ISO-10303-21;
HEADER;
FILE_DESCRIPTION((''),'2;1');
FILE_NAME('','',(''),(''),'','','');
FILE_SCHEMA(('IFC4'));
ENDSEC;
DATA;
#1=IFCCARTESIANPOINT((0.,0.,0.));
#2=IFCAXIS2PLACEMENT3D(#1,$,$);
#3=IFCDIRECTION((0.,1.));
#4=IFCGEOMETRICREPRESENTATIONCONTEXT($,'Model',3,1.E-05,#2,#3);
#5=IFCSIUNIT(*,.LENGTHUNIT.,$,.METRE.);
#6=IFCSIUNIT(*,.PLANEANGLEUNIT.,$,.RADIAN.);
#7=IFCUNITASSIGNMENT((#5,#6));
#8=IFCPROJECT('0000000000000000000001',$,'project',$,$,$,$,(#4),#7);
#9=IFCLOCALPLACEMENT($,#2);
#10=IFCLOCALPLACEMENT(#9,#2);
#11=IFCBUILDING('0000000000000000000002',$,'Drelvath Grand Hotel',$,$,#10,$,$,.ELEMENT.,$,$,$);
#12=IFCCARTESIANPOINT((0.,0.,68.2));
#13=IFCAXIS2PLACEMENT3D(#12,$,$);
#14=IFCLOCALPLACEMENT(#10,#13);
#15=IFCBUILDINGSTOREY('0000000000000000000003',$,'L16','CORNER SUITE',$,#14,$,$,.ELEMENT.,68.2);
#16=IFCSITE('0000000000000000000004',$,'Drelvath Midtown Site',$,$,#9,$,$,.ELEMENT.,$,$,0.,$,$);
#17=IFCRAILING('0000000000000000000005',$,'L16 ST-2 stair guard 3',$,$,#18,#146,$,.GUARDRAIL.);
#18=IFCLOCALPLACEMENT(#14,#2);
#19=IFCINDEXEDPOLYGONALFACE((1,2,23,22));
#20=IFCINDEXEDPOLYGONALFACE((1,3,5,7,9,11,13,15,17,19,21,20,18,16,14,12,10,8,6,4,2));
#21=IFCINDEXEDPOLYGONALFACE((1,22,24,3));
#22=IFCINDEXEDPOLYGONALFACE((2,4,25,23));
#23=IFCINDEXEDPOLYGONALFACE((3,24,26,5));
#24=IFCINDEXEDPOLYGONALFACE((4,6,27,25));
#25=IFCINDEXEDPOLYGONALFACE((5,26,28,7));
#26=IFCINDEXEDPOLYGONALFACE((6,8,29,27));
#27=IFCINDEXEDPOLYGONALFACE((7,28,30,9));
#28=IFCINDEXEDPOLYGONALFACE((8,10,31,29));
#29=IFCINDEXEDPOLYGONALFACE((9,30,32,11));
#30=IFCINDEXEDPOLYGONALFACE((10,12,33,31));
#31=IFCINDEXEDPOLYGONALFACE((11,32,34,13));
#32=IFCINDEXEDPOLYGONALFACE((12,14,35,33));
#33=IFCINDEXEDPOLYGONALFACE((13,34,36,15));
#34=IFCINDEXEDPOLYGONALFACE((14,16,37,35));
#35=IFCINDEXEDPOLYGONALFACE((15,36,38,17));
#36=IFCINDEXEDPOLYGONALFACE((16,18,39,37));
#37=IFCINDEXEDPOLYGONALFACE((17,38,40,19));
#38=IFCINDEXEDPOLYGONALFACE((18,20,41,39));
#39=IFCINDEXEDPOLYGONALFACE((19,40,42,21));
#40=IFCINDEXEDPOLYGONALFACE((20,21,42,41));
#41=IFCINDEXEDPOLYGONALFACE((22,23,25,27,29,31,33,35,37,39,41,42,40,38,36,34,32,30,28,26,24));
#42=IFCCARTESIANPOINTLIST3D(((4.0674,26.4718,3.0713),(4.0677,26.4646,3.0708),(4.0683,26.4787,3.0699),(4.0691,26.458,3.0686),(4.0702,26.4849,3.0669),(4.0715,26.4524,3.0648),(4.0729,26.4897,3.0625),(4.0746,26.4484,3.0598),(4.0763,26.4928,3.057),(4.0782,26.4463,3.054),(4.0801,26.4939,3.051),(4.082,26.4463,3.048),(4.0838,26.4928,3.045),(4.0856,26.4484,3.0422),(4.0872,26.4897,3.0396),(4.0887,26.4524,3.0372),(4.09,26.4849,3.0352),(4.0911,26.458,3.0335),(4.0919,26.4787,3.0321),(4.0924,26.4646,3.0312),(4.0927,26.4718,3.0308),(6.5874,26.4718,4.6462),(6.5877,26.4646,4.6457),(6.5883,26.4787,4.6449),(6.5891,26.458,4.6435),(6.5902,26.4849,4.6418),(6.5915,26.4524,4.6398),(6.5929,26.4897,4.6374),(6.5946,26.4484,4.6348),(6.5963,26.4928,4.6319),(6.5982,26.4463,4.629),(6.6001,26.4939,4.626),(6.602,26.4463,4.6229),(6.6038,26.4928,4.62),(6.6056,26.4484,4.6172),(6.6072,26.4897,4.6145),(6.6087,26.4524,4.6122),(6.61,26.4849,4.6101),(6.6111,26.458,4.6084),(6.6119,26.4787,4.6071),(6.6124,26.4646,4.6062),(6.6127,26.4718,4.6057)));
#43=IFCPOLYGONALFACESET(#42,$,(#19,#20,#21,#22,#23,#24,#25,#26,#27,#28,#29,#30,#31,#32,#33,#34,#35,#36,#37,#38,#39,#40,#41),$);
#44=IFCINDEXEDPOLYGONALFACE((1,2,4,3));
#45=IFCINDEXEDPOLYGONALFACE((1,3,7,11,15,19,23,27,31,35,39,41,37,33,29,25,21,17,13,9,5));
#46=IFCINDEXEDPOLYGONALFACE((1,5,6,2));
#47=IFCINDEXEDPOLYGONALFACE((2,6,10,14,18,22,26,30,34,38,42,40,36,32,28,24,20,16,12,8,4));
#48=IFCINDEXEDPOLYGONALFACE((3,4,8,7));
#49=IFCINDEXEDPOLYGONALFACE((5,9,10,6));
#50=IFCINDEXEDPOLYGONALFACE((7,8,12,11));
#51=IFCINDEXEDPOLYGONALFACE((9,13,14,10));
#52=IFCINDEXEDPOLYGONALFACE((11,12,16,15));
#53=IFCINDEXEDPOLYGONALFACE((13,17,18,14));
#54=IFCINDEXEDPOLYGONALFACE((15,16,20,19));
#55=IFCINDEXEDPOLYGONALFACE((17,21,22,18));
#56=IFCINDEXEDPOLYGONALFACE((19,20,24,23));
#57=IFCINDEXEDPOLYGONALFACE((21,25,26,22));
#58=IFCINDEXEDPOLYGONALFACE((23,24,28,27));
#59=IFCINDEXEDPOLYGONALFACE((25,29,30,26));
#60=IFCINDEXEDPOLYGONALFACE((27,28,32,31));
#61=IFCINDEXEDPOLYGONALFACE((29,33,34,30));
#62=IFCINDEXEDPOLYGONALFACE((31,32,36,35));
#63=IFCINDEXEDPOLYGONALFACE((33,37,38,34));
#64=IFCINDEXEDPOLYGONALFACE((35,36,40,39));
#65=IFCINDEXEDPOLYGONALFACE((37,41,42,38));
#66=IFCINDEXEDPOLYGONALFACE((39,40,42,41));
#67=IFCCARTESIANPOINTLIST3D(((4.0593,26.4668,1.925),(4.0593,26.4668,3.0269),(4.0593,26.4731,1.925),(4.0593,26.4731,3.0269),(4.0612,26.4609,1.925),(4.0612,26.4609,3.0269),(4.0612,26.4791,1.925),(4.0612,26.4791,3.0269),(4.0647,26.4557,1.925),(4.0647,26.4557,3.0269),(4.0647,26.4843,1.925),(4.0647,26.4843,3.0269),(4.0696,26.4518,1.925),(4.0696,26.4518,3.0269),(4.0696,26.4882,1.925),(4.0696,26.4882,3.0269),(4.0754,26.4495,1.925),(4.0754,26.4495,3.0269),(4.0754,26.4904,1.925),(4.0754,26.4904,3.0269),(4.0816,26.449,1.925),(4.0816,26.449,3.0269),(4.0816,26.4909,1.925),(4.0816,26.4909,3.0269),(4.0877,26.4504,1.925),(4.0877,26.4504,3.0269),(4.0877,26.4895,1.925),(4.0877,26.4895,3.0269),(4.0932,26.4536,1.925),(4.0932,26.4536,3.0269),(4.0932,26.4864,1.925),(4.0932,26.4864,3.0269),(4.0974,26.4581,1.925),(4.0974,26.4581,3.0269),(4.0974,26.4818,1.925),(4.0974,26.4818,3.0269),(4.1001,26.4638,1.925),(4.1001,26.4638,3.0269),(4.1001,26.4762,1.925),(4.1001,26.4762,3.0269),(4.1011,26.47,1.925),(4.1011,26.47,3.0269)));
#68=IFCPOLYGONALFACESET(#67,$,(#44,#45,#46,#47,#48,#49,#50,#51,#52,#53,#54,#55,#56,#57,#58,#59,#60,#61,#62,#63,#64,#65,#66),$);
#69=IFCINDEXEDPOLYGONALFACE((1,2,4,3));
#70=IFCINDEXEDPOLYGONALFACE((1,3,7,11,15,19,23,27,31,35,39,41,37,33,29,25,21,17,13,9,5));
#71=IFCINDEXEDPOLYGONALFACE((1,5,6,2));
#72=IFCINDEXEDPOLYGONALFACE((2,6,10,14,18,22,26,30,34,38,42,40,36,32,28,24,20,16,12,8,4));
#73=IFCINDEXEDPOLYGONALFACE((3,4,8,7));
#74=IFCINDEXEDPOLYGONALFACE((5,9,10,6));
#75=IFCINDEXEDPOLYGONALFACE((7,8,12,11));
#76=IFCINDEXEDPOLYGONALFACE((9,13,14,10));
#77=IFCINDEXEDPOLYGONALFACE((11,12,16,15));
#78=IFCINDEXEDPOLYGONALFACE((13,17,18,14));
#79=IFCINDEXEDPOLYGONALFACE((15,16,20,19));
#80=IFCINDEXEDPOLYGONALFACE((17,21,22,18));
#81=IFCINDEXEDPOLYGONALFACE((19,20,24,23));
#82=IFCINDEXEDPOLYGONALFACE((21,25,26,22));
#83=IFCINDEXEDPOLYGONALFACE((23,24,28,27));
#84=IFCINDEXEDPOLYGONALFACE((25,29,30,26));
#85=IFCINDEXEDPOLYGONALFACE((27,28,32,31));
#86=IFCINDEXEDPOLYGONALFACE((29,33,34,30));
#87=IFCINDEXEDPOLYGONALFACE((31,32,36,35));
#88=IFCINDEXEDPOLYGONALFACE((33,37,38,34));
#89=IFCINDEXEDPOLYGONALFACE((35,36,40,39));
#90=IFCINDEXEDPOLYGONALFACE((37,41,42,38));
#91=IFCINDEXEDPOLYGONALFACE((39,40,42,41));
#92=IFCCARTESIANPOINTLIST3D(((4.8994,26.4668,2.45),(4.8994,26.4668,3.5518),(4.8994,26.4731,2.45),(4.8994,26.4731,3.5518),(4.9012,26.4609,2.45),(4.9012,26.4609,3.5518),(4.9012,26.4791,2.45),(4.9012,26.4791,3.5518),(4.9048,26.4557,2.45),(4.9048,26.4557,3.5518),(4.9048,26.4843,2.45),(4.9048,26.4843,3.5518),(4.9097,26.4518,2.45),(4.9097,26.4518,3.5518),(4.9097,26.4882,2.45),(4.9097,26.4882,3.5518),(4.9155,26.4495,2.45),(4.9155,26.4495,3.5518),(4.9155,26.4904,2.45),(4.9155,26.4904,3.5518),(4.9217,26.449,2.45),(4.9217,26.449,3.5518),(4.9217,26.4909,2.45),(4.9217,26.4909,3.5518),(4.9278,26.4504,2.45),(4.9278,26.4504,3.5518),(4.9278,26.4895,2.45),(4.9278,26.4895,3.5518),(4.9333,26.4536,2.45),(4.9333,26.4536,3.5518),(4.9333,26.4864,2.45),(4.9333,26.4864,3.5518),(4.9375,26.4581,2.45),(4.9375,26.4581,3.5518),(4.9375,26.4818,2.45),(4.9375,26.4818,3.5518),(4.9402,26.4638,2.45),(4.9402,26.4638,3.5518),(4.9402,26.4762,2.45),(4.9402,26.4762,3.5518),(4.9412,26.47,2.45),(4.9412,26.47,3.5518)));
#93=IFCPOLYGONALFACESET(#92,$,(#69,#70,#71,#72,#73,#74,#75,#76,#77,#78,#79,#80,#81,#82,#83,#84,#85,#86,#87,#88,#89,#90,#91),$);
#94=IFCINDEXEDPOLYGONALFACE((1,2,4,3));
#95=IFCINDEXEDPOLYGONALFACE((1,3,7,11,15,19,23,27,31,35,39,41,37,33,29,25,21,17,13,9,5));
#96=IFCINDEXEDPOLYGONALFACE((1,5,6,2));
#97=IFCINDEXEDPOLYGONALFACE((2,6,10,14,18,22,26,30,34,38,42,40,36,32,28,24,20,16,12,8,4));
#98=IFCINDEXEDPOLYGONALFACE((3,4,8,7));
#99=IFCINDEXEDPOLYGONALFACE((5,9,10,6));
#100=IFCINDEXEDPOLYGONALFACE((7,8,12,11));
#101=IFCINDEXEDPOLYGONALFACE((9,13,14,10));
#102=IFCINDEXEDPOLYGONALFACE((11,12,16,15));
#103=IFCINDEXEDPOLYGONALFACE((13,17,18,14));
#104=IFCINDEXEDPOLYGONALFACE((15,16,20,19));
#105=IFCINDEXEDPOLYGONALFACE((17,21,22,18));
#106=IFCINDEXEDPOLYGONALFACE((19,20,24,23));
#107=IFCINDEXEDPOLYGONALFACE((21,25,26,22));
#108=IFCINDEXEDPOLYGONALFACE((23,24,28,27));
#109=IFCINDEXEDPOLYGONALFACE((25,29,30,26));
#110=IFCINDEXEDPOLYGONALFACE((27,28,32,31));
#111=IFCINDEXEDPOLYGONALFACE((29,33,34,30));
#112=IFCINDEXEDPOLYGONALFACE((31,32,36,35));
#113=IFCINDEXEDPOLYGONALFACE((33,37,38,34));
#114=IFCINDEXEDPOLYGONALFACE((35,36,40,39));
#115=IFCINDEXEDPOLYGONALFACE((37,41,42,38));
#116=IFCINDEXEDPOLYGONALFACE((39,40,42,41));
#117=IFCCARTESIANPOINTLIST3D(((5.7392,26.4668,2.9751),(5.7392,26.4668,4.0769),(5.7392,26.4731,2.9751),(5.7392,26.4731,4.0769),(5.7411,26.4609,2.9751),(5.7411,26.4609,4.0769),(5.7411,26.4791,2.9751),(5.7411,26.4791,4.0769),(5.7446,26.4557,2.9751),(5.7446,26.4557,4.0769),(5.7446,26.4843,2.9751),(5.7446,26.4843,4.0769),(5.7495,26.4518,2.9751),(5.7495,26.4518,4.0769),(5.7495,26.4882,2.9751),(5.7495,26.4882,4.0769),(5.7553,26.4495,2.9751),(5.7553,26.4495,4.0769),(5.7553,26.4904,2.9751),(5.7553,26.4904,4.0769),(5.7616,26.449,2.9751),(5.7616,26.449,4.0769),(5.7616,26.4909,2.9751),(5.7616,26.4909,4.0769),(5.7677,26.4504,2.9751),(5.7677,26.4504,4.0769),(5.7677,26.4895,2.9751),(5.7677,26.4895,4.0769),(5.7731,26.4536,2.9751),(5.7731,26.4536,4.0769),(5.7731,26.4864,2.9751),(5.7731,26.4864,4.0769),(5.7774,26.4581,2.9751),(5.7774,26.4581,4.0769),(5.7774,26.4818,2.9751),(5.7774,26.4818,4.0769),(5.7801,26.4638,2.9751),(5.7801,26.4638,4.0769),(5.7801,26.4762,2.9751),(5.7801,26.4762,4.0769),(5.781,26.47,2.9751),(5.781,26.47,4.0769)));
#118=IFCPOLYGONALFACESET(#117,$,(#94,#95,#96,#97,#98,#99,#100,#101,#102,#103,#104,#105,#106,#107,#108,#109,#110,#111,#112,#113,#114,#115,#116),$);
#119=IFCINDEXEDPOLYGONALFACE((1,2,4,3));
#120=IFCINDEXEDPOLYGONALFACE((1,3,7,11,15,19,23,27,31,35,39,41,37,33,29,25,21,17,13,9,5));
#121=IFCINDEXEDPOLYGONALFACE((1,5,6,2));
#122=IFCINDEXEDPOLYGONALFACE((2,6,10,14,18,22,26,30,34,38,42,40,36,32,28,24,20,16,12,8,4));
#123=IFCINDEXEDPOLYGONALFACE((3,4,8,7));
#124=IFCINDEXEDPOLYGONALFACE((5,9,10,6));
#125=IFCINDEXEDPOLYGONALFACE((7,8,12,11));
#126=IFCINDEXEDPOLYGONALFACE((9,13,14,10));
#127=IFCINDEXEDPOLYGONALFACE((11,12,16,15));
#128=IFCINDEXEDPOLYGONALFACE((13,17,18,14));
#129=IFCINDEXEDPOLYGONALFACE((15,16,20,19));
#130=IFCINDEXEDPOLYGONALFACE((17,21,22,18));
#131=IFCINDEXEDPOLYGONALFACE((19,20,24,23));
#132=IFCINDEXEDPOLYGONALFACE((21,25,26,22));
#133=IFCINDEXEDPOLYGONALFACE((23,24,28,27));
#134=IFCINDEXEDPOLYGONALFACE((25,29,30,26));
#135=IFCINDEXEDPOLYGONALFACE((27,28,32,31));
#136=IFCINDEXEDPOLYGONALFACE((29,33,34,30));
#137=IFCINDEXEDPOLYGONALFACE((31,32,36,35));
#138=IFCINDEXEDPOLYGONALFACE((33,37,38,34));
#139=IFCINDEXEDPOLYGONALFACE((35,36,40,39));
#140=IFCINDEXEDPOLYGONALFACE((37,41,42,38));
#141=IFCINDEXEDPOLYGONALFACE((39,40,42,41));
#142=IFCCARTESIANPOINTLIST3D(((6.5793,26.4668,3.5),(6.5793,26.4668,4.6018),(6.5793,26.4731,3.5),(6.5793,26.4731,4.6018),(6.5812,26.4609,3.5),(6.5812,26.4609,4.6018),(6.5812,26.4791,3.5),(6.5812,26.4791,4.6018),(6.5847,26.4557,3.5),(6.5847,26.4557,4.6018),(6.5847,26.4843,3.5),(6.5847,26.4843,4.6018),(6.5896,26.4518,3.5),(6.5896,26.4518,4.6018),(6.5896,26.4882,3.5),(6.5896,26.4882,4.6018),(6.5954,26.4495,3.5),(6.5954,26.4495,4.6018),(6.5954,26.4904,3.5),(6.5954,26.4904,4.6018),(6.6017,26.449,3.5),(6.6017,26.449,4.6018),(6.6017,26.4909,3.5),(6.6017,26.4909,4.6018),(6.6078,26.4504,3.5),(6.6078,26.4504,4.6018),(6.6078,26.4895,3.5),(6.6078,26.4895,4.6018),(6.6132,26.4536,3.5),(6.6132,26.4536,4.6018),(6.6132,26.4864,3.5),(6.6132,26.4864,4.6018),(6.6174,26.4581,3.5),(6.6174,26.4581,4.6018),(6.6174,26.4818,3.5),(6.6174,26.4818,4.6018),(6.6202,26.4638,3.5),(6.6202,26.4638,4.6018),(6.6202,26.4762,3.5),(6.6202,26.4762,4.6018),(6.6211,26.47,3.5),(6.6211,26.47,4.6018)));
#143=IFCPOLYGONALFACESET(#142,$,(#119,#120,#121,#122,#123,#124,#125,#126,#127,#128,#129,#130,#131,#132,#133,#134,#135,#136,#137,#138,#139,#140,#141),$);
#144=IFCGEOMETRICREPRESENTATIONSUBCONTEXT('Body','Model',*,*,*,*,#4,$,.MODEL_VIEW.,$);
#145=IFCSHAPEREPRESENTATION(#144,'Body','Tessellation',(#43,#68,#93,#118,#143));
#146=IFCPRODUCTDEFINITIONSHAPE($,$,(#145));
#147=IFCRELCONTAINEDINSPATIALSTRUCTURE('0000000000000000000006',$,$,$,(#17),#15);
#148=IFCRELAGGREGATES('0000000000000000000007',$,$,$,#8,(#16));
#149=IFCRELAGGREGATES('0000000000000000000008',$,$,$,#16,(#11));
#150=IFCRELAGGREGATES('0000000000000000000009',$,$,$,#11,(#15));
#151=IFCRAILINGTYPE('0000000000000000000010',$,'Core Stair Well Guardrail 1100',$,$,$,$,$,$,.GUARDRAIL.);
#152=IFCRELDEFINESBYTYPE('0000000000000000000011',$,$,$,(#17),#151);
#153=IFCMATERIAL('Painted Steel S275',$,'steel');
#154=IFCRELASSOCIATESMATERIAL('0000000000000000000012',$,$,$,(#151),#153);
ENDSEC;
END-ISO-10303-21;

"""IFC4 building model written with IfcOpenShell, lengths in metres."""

from ifc_helpers import new_model, si_unit, direction, frame, origin, origin_2d, place, context, subcontext, project, spatial, circle, extrude, material, type_object, element, save


model = new_model("IFC4")

# Units and contexts
model_context = context("Model", 3, precision=1e-05, world=origin(), true_north=direction((0.0, 1.0)))
body_context = subcontext(model_context, "Body", "Model", "MODEL_VIEW")
ifc_project = project(units=[si_unit("LENGTHUNIT", "METRE"), si_unit("PLANEANGLEUNIT", "RADIAN")], contexts=[model_context])

# Site, building, storey
site_placement = place(None, origin())
site = spatial("IfcSite", under=ifc_project, at=site_placement, Name="Drelvath Midtown Site", CompositionType="ELEMENT", RefElevation=0.0)
building_placement = place(site_placement, origin())
building = spatial("IfcBuilding", under=site, at=building_placement, Name="Drelvath Grand Hotel", CompositionType="ELEMENT")
storey_placement = place(building_placement, frame((0.0, 0.0, 68.2)))
storey = spatial("IfcBuildingStorey", under=building, at=storey_placement, Name="L16", Description="CORNER SUITE", CompositionType="ELEMENT", Elevation=68.2)

# Shared definitions
ifc_material_1 = material(Name="Painted Steel S275", Category="steel")

# Railing
railing_type_1 = type_object("IfcRailingType", Name="Core Stair Well Guardrail 1100", PredefinedType="GUARDRAIL", material=ifc_material_1)
railing_1_placement = place(storey_placement, frame((4.0801, 26.47, 1.925)))
element("IfcRailing", 1, at=railing_1_placement, inside=storey, type_object=railing_type_1, Name="L16 ST-2 stair guard 3", PredefinedType="GUARDRAIL", context=body_context, shape_type="SweptSolid", body=[
    extrude(circle(Radius=0.0239, at=origin_2d()), frame((0.0, 0.0, 1.126), z_axis=(0.848008, 0.0, 0.529984), x_axis=(0.0, 1.0, 0.0)), (0.0, 0.0, 1.0), 2.9717),
    extrude(circle(Radius=0.021, at=origin_2d()), origin(), (0.0, 0.0, 1.0), 1.1018),
    extrude(circle(Radius=0.021, at=origin_2d()), frame((0.8401, 0.0, 0.5249)), (0.0, 0.0, 1.0), 1.1018),
    extrude(circle(Radius=0.021, at=origin_2d()), frame((1.6799, 0.0, 1.05)), (0.0, 0.0, 1.0), 1.1018),
    extrude(circle(Radius=0.021, at=origin_2d()), frame((2.52, 0.0, 1.575)), (0.0, 0.0, 1.0), 1.1018),
])

save(model, "model.ifc")
